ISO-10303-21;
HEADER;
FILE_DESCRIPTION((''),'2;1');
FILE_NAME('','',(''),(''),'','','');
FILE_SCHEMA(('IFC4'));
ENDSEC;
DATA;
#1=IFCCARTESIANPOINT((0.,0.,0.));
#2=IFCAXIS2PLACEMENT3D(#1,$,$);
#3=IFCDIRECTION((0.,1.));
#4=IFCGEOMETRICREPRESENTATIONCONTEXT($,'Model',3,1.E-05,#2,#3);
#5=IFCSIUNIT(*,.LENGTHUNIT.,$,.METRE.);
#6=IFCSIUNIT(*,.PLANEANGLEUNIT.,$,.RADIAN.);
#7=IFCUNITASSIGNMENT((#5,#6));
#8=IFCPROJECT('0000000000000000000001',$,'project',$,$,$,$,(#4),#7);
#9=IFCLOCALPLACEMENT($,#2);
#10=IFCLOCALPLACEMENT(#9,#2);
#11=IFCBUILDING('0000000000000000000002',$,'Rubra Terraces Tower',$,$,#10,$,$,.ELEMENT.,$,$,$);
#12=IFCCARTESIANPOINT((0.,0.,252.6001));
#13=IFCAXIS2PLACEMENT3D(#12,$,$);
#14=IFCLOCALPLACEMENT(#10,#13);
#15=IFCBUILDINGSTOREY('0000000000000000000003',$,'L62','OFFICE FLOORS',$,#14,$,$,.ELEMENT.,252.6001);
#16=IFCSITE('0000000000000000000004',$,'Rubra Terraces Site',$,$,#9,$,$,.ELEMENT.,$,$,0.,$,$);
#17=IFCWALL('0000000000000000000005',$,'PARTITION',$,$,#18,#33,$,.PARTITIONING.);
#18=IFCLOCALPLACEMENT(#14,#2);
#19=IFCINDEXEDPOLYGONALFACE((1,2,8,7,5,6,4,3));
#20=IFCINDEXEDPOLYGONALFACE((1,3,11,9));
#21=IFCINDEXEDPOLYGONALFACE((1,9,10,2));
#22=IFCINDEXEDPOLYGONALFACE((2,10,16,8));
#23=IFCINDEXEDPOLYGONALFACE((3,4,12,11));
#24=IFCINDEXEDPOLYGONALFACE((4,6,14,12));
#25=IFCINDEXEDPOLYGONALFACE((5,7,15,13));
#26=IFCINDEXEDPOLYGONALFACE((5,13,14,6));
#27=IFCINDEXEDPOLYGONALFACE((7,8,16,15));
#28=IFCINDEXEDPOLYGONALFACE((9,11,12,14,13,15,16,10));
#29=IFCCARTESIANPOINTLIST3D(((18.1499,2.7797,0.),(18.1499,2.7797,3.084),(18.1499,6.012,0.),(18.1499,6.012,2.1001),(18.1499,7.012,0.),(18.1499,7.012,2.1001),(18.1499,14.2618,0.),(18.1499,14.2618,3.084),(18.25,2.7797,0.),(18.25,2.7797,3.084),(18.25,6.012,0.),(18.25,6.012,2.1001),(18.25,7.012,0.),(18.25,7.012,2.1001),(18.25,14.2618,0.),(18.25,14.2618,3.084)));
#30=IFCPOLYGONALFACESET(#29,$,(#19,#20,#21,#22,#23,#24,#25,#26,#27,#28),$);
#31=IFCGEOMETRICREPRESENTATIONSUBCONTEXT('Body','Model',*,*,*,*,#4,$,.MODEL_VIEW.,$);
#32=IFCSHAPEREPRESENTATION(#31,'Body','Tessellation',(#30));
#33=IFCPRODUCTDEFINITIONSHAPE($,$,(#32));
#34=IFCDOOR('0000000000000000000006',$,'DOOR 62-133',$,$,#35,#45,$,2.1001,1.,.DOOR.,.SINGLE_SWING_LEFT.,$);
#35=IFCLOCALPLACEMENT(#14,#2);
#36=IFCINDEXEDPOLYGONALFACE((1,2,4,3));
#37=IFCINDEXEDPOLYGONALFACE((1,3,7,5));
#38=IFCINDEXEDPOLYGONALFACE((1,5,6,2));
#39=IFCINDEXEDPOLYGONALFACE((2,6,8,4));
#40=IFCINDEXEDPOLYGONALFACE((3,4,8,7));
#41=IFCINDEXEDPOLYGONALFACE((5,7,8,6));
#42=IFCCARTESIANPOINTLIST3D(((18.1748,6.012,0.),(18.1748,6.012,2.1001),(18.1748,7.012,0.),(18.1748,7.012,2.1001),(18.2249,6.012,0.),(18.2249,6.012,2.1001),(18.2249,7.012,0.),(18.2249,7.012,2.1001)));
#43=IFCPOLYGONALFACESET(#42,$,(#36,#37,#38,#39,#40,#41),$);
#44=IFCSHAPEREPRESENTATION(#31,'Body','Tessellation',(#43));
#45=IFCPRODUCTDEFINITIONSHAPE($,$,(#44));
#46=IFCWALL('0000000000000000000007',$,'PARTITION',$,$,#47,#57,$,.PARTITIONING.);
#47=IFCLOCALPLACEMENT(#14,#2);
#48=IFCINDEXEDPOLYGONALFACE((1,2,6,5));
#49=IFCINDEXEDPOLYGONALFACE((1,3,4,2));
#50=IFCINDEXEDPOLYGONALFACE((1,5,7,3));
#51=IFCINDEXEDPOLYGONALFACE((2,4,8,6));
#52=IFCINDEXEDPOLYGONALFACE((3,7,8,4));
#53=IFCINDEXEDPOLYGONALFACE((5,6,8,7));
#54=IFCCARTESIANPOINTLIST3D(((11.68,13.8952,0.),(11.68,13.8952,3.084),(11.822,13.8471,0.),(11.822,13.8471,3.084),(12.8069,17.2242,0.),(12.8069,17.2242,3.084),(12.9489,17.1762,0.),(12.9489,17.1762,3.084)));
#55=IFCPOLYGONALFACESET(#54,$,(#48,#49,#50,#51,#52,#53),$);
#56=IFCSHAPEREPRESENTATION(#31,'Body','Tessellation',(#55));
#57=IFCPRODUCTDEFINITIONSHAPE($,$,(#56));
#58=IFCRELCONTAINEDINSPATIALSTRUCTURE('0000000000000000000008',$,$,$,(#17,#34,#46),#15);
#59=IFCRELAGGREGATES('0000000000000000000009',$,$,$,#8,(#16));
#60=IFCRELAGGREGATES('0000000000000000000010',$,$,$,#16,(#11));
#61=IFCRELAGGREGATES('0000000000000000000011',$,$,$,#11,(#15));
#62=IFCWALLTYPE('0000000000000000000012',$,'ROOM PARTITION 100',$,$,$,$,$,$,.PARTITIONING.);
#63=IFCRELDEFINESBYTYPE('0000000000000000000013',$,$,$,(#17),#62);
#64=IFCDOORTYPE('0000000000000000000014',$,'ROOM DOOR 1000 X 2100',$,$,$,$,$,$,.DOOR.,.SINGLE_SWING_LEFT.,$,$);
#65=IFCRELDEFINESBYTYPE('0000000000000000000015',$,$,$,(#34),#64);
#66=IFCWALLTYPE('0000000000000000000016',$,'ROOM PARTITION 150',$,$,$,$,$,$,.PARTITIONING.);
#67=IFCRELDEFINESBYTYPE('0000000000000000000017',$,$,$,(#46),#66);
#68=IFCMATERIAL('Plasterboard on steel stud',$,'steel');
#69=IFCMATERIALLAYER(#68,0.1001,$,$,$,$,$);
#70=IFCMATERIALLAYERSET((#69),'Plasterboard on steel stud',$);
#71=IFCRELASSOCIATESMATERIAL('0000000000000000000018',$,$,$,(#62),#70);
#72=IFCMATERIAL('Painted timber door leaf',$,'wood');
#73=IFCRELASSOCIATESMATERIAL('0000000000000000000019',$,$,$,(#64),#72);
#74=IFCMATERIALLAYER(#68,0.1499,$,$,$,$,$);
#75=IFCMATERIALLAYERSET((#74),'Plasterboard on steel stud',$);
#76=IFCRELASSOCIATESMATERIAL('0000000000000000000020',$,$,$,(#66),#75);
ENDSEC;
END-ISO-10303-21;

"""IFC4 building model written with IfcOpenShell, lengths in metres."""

from ifc_helpers import new_model, si_unit, direction, frame, frame_2d, origin, place, context, subcontext, project, spatial, rectangle, extrude, material, layer, layer_set, type_object, element, fill, save


model = new_model("IFC4")

# Units and contexts
model_context = context("Model", 3, precision=1e-05, world=origin(), true_north=direction((0.0, 1.0)))
body_context = subcontext(model_context, "Body", "Model", "MODEL_VIEW")
ifc_project = project(units=[si_unit("LENGTHUNIT", "METRE"), si_unit("PLANEANGLEUNIT", "RADIAN")], contexts=[model_context])

# Site, building, storey
site_placement = place(None, origin())
site = spatial("IfcSite", under=ifc_project, at=site_placement, Name="Rubra Terraces Site", CompositionType="ELEMENT", RefElevation=0.0)
building_placement = place(site_placement, origin())
building = spatial("IfcBuilding", under=site, at=building_placement, Name="Rubra Terraces Tower", CompositionType="ELEMENT")
storey_placement = place(building_placement, frame((0.0, 0.0, 252.6001)))
storey = spatial("IfcBuildingStorey", under=building, at=storey_placement, Name="L62", Description="OFFICE FLOORS", CompositionType="ELEMENT", Elevation=252.6001)

# Shared definitions
ifc_material_1 = material(Name="Plasterboard on steel stud", Category="steel")
ifc_layer_1 = layer(ifc_material_1, 0.1001)
ifc_layer_set_1 = layer_set([ifc_layer_1], Name="Plasterboard on steel stud")
wall_type_1 = type_object("IfcWallType", Name="ROOM PARTITION 100", PredefinedType="PARTITIONING", material=ifc_layer_set_1)

# Wall, opening, door
wall_1_placement = place(storey_placement, frame((18.2, 14.262, 0.0), z_axis=(0.0, 0.0, 1.0), x_axis=(0.0, -1.0, 0.0)))
wall_1 = element("IfcWall", 1, at=wall_1_placement, inside=storey, type_object=wall_type_1, Name="PARTITION", PredefinedType="PARTITIONING", context=body_context, shape_type="SweptSolid", body=[
    extrude(rectangle(XDim=11.4822, YDim=0.1001, at=frame_2d((5.7412, 0.0))), origin(), (0.0, 0.0, 1.0), 3.084),
])
opening_1_placement = place(wall_1_placement, frame((7.25, 0.0, 0.0)))
opening_1 = element("IfcOpeningElement", 2, at=opening_1_placement, cuts=wall_1, PredefinedType="OPENING", context=body_context, shape_type="SweptSolid", body=[
    extrude(rectangle(XDim=1.0, YDim=2.1001, at=frame_2d((0.5, 1.05))), frame((0.0, 0.0601, 0.0), z_axis=(0.0, -1.0, 0.0), x_axis=(1.0, 0.0, 0.0)), (0.0, 0.0, 1.0), 0.1201),
])
ifc_material_2 = material(Name="Painted timber door leaf", Category="wood")
door_type = type_object("IfcDoorType", Name="ROOM DOOR 1000 X 2100", OperationType="SINGLE_SWING_LEFT", PredefinedType="DOOR", material=ifc_material_2)
door_placement = place(opening_1_placement, origin())
door = element("IfcDoor", 3, at=door_placement, inside=storey, type_object=door_type, Name="DOOR 62-133", OperationType="SINGLE_SWING_LEFT", OverallHeight=2.1001, OverallWidth=1.0, PredefinedType="DOOR", context=body_context, shape_type="SweptSolid", body=[
    extrude(rectangle(XDim=1.0, YDim=2.1001, at=frame_2d((0.5, 1.05))), frame((0.0, 0.0249, 0.0), z_axis=(0.0, -1.0, 0.0), x_axis=(1.0, 0.0, 0.0)), (0.0, 0.0, 1.0), 0.05),
])
fill(opening_1, door)

# Wall
ifc_layer_2 = layer(ifc_material_1, 0.1499)
ifc_layer_set_2 = layer_set([ifc_layer_2], Name="Plasterboard on steel stud")
wall_type_2 = type_object("IfcWallType", Name="ROOM PARTITION 150", PredefinedType="PARTITIONING", material=ifc_layer_set_2)
wall_2_placement = place(storey_placement, frame((12.8779, 17.2002, 0.0), z_axis=(0.0, 0.0, 1.0), x_axis=(-0.320642, -0.9472, 0.0)))
element("IfcWall", 4, at=wall_2_placement, inside=storey, type_object=wall_type_2, Name="PARTITION", PredefinedType="PARTITIONING", context=body_context, shape_type="SweptSolid", body=[
    extrude(rectangle(XDim=3.5146, YDim=0.1499, at=frame_2d((1.7573, 0.0))), origin(), (0.0, 0.0, 1.0), 3.084),
])

save(model, "model.ifc")
